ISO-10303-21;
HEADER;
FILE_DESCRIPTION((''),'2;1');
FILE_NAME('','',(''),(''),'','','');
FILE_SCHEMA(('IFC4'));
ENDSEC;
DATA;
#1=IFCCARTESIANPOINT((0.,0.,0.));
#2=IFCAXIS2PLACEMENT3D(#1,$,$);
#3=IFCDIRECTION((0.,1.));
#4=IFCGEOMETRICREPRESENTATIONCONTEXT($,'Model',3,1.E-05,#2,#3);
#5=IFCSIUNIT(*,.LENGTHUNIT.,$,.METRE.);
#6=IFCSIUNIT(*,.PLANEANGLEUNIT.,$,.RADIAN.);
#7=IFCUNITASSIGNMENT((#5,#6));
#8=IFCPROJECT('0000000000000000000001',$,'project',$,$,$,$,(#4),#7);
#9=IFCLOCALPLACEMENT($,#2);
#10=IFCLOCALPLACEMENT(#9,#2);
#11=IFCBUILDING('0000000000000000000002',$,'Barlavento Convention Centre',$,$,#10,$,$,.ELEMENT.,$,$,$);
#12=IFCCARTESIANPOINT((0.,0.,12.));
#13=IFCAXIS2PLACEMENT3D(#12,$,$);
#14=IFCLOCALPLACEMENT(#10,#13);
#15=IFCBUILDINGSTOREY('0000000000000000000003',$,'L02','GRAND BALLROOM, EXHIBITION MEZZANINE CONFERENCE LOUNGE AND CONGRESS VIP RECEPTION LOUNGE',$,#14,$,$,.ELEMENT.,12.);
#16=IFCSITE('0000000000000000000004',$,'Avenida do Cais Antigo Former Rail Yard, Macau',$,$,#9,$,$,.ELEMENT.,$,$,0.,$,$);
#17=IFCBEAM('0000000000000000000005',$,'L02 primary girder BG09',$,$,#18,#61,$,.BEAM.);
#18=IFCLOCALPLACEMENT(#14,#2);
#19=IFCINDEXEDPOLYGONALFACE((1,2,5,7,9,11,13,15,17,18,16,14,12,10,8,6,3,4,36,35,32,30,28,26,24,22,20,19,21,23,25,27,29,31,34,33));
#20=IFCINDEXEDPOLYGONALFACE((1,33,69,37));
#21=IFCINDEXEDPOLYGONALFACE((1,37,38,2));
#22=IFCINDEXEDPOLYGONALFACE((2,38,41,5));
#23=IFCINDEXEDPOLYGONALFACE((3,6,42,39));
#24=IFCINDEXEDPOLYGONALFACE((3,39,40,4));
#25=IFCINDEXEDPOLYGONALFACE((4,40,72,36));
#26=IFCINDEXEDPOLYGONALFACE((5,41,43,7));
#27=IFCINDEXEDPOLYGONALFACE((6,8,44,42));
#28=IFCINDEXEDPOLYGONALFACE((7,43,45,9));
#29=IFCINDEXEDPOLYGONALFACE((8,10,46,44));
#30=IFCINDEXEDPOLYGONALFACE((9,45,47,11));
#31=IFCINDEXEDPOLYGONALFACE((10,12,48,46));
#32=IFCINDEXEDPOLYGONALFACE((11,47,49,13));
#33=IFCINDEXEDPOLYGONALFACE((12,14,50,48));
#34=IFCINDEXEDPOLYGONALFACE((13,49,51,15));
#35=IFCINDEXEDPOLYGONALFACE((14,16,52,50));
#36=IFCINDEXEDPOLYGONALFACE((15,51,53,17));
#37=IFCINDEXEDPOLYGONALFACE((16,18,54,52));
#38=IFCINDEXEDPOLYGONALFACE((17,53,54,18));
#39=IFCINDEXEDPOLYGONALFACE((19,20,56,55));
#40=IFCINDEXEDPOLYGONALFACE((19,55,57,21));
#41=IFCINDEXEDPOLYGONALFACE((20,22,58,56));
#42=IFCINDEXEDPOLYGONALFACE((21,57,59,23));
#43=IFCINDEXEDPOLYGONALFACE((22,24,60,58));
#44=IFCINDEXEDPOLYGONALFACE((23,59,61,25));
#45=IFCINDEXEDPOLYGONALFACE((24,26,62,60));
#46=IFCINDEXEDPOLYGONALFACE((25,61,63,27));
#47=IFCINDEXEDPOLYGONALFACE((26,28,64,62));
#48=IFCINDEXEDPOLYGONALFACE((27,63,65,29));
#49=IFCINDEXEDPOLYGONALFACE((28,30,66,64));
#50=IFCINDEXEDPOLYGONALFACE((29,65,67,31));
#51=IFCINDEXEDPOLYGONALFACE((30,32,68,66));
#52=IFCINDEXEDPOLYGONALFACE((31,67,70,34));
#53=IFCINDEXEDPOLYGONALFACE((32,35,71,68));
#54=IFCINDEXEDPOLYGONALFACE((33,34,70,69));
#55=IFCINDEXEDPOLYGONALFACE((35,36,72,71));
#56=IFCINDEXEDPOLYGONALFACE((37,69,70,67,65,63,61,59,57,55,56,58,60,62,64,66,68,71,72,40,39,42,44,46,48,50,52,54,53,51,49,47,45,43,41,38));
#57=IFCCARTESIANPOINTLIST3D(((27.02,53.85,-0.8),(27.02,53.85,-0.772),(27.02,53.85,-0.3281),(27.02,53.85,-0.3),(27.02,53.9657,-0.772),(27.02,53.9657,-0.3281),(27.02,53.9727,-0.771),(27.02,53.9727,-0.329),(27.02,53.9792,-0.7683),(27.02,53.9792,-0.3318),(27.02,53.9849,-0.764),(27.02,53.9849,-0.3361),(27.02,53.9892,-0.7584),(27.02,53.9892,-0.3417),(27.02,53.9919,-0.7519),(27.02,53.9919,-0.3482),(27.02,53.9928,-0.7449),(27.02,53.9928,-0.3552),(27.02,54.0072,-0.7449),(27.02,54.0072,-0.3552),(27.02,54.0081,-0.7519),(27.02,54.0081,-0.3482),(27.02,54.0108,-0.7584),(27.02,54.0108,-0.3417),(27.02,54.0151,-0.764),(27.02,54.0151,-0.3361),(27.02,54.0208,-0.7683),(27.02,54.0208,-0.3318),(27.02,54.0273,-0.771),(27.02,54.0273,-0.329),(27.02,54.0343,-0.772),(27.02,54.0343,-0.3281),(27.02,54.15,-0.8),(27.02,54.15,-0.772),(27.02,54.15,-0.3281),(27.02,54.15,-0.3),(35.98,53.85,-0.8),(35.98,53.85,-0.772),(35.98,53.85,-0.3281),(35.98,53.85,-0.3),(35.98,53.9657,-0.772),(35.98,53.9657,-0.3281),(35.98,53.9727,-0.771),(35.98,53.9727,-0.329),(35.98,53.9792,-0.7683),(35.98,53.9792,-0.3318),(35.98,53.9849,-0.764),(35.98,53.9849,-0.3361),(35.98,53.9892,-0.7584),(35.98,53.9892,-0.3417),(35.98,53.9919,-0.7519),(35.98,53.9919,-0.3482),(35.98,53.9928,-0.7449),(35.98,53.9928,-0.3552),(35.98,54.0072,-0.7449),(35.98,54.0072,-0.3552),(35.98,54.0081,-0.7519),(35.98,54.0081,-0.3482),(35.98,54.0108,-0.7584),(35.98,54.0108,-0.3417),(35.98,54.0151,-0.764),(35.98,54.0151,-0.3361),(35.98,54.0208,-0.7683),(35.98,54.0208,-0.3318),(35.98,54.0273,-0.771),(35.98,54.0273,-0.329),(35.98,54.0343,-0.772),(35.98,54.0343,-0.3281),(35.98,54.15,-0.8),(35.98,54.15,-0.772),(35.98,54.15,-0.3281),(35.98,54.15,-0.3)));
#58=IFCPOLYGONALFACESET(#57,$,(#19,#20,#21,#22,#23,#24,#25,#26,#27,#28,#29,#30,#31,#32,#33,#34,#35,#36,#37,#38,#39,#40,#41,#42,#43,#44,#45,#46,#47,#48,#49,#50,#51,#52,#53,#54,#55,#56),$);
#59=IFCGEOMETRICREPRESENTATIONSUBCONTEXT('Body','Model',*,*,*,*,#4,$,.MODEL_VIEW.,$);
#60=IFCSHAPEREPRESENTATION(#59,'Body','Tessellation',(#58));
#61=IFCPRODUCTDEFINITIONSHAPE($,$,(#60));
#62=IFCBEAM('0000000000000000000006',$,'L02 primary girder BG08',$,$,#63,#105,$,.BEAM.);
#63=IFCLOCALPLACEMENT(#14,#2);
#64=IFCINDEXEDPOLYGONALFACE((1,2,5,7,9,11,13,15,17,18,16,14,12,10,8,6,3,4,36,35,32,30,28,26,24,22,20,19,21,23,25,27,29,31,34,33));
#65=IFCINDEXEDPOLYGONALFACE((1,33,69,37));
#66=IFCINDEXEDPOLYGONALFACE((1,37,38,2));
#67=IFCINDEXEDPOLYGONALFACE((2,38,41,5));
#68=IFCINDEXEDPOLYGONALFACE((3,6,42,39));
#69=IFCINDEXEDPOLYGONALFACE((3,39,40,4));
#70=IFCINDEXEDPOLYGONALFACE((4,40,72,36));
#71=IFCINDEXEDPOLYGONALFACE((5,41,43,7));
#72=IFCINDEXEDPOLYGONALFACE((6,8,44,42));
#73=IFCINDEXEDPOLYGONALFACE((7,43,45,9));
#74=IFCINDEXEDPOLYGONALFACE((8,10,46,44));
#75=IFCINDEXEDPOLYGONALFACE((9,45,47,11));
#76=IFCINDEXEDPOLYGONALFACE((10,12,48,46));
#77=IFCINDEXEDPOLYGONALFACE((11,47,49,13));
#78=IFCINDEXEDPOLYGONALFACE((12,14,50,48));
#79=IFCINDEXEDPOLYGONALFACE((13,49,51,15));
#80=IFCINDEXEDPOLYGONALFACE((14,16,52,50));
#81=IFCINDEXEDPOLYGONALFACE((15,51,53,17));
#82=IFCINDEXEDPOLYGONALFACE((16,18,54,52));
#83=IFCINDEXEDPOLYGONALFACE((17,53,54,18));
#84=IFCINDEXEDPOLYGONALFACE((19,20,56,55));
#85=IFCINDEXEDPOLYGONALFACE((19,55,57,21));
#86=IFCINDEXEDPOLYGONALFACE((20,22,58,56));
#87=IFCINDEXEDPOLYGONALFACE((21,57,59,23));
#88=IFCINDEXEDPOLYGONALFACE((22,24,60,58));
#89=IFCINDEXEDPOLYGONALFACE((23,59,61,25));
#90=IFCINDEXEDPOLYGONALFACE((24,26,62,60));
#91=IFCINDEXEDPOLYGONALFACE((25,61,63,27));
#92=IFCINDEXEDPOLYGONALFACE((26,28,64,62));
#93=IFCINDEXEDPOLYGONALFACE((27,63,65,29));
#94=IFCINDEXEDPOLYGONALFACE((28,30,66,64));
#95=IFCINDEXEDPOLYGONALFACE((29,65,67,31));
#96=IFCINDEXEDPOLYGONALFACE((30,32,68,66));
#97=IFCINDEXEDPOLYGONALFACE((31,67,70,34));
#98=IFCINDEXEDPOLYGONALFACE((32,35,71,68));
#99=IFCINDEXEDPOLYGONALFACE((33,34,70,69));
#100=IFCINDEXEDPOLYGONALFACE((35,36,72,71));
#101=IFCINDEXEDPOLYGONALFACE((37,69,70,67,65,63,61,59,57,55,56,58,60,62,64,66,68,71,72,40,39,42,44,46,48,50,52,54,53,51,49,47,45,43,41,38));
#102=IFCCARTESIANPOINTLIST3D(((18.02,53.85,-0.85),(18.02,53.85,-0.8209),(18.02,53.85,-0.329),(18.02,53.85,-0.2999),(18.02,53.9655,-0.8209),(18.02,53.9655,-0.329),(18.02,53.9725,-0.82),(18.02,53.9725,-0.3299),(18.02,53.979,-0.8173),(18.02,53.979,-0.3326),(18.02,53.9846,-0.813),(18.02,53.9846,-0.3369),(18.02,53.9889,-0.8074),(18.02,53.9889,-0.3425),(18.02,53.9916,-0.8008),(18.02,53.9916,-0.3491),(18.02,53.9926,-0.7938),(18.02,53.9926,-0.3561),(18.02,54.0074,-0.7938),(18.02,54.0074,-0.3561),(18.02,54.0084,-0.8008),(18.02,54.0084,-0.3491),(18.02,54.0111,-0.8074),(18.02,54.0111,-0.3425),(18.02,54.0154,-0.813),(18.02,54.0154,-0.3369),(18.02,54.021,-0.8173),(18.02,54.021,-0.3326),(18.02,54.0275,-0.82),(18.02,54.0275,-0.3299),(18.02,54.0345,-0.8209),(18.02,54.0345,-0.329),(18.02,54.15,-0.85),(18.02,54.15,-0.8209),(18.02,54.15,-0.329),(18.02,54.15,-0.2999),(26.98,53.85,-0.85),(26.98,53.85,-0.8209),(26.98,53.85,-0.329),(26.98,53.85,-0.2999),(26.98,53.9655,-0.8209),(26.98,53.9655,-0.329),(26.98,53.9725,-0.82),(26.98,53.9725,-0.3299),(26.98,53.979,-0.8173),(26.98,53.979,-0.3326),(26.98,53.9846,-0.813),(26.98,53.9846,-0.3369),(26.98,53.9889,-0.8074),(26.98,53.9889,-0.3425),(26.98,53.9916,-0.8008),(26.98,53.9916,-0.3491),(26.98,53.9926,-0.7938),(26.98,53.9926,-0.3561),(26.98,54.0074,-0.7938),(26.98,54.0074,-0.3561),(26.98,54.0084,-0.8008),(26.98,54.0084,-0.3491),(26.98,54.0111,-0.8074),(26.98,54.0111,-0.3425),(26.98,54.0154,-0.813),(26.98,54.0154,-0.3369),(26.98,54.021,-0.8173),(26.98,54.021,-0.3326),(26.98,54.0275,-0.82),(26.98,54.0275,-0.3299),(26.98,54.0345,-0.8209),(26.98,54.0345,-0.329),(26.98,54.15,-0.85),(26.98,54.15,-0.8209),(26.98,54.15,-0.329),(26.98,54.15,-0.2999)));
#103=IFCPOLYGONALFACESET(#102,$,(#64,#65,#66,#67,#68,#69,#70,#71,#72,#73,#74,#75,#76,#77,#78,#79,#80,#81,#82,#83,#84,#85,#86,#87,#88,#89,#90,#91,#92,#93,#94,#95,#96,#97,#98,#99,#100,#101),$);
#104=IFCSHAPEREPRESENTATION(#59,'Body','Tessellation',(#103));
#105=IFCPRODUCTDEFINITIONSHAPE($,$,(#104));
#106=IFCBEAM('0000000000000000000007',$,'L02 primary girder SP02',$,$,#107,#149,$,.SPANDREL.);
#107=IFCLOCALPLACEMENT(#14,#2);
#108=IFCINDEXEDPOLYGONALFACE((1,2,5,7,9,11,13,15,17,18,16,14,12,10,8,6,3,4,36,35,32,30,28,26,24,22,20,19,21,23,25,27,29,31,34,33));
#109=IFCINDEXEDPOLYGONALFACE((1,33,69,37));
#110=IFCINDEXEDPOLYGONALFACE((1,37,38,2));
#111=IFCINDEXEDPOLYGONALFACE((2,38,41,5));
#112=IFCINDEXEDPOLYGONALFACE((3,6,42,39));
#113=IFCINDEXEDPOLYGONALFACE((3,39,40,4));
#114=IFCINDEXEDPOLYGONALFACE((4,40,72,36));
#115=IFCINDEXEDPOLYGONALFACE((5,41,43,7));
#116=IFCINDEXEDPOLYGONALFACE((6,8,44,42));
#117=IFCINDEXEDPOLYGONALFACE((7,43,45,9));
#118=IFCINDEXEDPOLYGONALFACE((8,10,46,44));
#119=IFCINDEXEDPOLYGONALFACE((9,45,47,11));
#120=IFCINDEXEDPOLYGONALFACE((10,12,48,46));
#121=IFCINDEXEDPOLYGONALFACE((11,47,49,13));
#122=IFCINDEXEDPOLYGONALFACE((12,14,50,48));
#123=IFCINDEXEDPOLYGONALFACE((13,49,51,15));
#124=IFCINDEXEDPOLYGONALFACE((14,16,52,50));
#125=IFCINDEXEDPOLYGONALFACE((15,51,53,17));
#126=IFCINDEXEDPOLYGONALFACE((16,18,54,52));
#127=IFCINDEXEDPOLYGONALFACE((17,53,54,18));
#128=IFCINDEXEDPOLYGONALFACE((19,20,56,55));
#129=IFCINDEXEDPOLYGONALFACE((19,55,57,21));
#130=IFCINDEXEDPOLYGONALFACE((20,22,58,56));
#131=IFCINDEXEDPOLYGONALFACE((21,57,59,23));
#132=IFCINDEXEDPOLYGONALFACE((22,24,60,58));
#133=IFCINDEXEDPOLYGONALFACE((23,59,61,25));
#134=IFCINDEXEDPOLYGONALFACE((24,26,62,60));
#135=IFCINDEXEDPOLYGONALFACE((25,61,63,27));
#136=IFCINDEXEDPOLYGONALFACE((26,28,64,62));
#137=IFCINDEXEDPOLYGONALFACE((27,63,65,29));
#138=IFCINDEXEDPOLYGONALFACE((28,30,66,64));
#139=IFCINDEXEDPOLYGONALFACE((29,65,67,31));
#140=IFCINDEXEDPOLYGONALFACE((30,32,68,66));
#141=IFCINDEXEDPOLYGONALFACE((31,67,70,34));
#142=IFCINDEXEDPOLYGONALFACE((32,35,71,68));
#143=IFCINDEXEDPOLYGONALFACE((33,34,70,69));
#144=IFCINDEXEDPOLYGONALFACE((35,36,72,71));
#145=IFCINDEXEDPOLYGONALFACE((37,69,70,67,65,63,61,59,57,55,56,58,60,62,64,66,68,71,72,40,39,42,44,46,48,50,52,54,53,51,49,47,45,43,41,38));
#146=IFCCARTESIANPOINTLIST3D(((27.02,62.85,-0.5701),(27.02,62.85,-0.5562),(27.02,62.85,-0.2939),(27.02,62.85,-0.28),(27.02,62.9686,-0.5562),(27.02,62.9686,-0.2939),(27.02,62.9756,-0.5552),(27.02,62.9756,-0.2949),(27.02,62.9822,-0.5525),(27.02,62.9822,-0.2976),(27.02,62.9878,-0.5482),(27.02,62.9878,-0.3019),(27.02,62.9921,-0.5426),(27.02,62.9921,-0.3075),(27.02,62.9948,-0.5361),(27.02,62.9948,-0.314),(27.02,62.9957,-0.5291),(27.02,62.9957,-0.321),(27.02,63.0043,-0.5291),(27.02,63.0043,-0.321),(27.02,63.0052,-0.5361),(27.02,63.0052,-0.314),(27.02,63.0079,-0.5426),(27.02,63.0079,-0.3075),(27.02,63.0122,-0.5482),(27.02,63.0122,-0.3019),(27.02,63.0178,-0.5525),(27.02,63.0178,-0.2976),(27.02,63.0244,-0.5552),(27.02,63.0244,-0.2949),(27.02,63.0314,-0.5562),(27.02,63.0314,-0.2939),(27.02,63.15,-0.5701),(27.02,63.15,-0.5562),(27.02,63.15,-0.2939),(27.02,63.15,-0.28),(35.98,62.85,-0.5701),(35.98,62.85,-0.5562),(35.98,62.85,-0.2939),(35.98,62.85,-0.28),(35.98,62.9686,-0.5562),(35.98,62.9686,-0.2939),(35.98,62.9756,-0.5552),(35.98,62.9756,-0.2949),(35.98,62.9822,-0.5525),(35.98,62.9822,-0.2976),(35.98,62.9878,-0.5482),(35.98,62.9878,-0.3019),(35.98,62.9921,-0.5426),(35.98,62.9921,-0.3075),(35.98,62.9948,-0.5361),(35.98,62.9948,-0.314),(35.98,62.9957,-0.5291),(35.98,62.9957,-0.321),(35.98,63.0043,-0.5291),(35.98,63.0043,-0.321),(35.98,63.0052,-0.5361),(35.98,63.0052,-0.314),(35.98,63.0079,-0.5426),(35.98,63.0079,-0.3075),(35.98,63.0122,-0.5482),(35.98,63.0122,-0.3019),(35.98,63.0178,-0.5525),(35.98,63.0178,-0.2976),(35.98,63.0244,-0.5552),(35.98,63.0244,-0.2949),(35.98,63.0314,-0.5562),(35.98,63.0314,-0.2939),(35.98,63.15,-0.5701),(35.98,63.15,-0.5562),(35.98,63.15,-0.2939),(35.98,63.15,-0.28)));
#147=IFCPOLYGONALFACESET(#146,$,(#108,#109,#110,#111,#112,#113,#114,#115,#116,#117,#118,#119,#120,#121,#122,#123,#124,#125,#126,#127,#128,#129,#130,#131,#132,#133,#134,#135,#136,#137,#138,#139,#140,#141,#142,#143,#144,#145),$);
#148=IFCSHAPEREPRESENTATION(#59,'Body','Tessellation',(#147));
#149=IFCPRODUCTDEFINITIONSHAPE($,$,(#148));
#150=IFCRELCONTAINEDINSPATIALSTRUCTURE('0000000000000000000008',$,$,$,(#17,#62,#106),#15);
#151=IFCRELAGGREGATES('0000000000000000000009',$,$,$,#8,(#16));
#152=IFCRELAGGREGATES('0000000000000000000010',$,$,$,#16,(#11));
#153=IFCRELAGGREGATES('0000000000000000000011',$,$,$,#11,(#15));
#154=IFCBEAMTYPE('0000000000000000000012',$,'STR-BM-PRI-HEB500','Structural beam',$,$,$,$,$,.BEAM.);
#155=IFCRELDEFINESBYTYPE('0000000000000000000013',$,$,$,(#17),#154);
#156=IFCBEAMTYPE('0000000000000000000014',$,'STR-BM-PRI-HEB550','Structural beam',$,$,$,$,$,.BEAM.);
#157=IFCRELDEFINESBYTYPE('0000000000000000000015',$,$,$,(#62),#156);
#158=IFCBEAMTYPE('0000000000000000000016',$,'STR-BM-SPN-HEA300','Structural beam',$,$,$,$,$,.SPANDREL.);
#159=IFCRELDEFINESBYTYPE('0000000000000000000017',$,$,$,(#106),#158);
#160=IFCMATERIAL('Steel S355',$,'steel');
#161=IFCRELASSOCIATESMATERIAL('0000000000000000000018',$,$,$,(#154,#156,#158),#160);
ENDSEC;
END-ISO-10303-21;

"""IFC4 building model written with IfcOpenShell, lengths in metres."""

from ifc_helpers import new_model, si_unit, direction, frame, origin, origin_2d, place, context, subcontext, project, spatial, i_section, extrude, material, material_profile, profile_set, type_object, element, save


model = new_model("IFC4")

# Units and contexts
model_context = context("Model", 3, precision=1e-05, world=origin(), true_north=direction((0.0, 1.0)))
body_context = subcontext(model_context, "Body", "Model", "MODEL_VIEW")
ifc_project = project(units=[si_unit("LENGTHUNIT", "METRE"), si_unit("PLANEANGLEUNIT", "RADIAN")], contexts=[model_context])

# Site, building, storey
site_placement = place(None, origin())
site = spatial("IfcSite", under=ifc_project, at=site_placement, Name="Avenida do Cais Antigo Former Rail Yard, Macau", CompositionType="ELEMENT", RefElevation=0.0)
building_placement = place(site_placement, origin())
building = spatial("IfcBuilding", under=site, at=building_placement, Name="Barlavento Convention Centre", CompositionType="ELEMENT")
storey_placement = place(building_placement, frame((0.0, 0.0, 12.0)))
storey = spatial("IfcBuildingStorey", under=building, at=storey_placement, Name="L02", Description="GRAND BALLROOM, EXHIBITION MEZZANINE CONFERENCE LOUNGE AND CONGRESS VIP RECEPTION LOUNGE", CompositionType="ELEMENT", Elevation=12.0)

# Shared definitions
ifc_material_1 = material(Name="Steel S355", Category="steel")

# Beams
ifc_material_profile_1 = material_profile(ifc_material_1, i_section(OverallWidth=0.3, OverallDepth=0.5, WebThickness=0.0144, FlangeThickness=0.0281, FilletRadius=0.0271, at=origin_2d()), Name="HEB 500")
ifc_profile_set_1 = profile_set([ifc_material_profile_1], Name="Steel S355")
beam_type_1 = type_object("IfcBeamType", Name="STR-BM-PRI-HEB500", Description="Structural beam", PredefinedType="BEAM", material=ifc_profile_set_1)
beam_1_placement = place(storey_placement, frame((27.02, 54.0, -0.55), z_axis=(1.0, 0.0, 0.0), x_axis=(0.0, 1.0, 0.0)))
element("IfcBeam", 1, at=beam_1_placement, inside=storey, type_object=beam_type_1, Name="L02 primary girder BG09", PredefinedType="BEAM", context=body_context, shape_type="SweptSolid", body=[
    extrude(i_section(OverallWidth=0.3, OverallDepth=0.5, WebThickness=0.0144, FlangeThickness=0.0281, FilletRadius=0.0271, at=origin_2d()), origin(), (0.0, 0.0, 1.0), 8.96),
])
ifc_material_profile_2 = material_profile(ifc_material_1, i_section(OverallWidth=0.3, OverallDepth=0.55, WebThickness=0.0149, FlangeThickness=0.0291, FilletRadius=0.0271, at=origin_2d()), Name="HEB 550")
ifc_profile_set_2 = profile_set([ifc_material_profile_2], Name="Steel S355")
beam_type_2 = type_object("IfcBeamType", Name="STR-BM-PRI-HEB550", Description="Structural beam", PredefinedType="BEAM", material=ifc_profile_set_2)
beam_2_placement = place(storey_placement, frame((18.02, 54.0, -0.575), z_axis=(1.0, 0.0, 0.0), x_axis=(0.0, 1.0, 0.0)))
element("IfcBeam", 2, at=beam_2_placement, inside=storey, type_object=beam_type_2, Name="L02 primary girder BG08", PredefinedType="BEAM", context=body_context, shape_type="SweptSolid", body=[
    extrude(i_section(OverallWidth=0.3, OverallDepth=0.55, WebThickness=0.0149, FlangeThickness=0.0291, FilletRadius=0.0271, at=origin_2d()), origin(), (0.0, 0.0, 1.0), 8.96),
])
ifc_material_profile_3 = material_profile(ifc_material_1, i_section(OverallWidth=0.3, OverallDepth=0.29, WebThickness=0.0085, FlangeThickness=0.0139, FilletRadius=0.0271, at=origin_2d()), Name="HEA 300")
ifc_profile_set_3 = profile_set([ifc_material_profile_3], Name="Steel S355")
beam_type_3 = type_object("IfcBeamType", Name="STR-BM-SPN-HEA300", Description="Structural beam", PredefinedType="SPANDREL", material=ifc_profile_set_3)
beam_3_placement = place(storey_placement, frame((27.02, 63.0, -0.425), z_axis=(1.0, 0.0, 0.0), x_axis=(0.0, 1.0, 0.0)))
element("IfcBeam", 3, at=beam_3_placement, inside=storey, type_object=beam_type_3, Name="L02 primary girder SP02", PredefinedType="SPANDREL", context=body_context, shape_type="SweptSolid", body=[
    extrude(i_section(OverallWidth=0.3, OverallDepth=0.29, WebThickness=0.0085, FlangeThickness=0.0139, FilletRadius=0.0271, at=origin_2d()), origin(), (0.0, 0.0, 1.0), 8.96),
])

save(model, "model.ifc")
